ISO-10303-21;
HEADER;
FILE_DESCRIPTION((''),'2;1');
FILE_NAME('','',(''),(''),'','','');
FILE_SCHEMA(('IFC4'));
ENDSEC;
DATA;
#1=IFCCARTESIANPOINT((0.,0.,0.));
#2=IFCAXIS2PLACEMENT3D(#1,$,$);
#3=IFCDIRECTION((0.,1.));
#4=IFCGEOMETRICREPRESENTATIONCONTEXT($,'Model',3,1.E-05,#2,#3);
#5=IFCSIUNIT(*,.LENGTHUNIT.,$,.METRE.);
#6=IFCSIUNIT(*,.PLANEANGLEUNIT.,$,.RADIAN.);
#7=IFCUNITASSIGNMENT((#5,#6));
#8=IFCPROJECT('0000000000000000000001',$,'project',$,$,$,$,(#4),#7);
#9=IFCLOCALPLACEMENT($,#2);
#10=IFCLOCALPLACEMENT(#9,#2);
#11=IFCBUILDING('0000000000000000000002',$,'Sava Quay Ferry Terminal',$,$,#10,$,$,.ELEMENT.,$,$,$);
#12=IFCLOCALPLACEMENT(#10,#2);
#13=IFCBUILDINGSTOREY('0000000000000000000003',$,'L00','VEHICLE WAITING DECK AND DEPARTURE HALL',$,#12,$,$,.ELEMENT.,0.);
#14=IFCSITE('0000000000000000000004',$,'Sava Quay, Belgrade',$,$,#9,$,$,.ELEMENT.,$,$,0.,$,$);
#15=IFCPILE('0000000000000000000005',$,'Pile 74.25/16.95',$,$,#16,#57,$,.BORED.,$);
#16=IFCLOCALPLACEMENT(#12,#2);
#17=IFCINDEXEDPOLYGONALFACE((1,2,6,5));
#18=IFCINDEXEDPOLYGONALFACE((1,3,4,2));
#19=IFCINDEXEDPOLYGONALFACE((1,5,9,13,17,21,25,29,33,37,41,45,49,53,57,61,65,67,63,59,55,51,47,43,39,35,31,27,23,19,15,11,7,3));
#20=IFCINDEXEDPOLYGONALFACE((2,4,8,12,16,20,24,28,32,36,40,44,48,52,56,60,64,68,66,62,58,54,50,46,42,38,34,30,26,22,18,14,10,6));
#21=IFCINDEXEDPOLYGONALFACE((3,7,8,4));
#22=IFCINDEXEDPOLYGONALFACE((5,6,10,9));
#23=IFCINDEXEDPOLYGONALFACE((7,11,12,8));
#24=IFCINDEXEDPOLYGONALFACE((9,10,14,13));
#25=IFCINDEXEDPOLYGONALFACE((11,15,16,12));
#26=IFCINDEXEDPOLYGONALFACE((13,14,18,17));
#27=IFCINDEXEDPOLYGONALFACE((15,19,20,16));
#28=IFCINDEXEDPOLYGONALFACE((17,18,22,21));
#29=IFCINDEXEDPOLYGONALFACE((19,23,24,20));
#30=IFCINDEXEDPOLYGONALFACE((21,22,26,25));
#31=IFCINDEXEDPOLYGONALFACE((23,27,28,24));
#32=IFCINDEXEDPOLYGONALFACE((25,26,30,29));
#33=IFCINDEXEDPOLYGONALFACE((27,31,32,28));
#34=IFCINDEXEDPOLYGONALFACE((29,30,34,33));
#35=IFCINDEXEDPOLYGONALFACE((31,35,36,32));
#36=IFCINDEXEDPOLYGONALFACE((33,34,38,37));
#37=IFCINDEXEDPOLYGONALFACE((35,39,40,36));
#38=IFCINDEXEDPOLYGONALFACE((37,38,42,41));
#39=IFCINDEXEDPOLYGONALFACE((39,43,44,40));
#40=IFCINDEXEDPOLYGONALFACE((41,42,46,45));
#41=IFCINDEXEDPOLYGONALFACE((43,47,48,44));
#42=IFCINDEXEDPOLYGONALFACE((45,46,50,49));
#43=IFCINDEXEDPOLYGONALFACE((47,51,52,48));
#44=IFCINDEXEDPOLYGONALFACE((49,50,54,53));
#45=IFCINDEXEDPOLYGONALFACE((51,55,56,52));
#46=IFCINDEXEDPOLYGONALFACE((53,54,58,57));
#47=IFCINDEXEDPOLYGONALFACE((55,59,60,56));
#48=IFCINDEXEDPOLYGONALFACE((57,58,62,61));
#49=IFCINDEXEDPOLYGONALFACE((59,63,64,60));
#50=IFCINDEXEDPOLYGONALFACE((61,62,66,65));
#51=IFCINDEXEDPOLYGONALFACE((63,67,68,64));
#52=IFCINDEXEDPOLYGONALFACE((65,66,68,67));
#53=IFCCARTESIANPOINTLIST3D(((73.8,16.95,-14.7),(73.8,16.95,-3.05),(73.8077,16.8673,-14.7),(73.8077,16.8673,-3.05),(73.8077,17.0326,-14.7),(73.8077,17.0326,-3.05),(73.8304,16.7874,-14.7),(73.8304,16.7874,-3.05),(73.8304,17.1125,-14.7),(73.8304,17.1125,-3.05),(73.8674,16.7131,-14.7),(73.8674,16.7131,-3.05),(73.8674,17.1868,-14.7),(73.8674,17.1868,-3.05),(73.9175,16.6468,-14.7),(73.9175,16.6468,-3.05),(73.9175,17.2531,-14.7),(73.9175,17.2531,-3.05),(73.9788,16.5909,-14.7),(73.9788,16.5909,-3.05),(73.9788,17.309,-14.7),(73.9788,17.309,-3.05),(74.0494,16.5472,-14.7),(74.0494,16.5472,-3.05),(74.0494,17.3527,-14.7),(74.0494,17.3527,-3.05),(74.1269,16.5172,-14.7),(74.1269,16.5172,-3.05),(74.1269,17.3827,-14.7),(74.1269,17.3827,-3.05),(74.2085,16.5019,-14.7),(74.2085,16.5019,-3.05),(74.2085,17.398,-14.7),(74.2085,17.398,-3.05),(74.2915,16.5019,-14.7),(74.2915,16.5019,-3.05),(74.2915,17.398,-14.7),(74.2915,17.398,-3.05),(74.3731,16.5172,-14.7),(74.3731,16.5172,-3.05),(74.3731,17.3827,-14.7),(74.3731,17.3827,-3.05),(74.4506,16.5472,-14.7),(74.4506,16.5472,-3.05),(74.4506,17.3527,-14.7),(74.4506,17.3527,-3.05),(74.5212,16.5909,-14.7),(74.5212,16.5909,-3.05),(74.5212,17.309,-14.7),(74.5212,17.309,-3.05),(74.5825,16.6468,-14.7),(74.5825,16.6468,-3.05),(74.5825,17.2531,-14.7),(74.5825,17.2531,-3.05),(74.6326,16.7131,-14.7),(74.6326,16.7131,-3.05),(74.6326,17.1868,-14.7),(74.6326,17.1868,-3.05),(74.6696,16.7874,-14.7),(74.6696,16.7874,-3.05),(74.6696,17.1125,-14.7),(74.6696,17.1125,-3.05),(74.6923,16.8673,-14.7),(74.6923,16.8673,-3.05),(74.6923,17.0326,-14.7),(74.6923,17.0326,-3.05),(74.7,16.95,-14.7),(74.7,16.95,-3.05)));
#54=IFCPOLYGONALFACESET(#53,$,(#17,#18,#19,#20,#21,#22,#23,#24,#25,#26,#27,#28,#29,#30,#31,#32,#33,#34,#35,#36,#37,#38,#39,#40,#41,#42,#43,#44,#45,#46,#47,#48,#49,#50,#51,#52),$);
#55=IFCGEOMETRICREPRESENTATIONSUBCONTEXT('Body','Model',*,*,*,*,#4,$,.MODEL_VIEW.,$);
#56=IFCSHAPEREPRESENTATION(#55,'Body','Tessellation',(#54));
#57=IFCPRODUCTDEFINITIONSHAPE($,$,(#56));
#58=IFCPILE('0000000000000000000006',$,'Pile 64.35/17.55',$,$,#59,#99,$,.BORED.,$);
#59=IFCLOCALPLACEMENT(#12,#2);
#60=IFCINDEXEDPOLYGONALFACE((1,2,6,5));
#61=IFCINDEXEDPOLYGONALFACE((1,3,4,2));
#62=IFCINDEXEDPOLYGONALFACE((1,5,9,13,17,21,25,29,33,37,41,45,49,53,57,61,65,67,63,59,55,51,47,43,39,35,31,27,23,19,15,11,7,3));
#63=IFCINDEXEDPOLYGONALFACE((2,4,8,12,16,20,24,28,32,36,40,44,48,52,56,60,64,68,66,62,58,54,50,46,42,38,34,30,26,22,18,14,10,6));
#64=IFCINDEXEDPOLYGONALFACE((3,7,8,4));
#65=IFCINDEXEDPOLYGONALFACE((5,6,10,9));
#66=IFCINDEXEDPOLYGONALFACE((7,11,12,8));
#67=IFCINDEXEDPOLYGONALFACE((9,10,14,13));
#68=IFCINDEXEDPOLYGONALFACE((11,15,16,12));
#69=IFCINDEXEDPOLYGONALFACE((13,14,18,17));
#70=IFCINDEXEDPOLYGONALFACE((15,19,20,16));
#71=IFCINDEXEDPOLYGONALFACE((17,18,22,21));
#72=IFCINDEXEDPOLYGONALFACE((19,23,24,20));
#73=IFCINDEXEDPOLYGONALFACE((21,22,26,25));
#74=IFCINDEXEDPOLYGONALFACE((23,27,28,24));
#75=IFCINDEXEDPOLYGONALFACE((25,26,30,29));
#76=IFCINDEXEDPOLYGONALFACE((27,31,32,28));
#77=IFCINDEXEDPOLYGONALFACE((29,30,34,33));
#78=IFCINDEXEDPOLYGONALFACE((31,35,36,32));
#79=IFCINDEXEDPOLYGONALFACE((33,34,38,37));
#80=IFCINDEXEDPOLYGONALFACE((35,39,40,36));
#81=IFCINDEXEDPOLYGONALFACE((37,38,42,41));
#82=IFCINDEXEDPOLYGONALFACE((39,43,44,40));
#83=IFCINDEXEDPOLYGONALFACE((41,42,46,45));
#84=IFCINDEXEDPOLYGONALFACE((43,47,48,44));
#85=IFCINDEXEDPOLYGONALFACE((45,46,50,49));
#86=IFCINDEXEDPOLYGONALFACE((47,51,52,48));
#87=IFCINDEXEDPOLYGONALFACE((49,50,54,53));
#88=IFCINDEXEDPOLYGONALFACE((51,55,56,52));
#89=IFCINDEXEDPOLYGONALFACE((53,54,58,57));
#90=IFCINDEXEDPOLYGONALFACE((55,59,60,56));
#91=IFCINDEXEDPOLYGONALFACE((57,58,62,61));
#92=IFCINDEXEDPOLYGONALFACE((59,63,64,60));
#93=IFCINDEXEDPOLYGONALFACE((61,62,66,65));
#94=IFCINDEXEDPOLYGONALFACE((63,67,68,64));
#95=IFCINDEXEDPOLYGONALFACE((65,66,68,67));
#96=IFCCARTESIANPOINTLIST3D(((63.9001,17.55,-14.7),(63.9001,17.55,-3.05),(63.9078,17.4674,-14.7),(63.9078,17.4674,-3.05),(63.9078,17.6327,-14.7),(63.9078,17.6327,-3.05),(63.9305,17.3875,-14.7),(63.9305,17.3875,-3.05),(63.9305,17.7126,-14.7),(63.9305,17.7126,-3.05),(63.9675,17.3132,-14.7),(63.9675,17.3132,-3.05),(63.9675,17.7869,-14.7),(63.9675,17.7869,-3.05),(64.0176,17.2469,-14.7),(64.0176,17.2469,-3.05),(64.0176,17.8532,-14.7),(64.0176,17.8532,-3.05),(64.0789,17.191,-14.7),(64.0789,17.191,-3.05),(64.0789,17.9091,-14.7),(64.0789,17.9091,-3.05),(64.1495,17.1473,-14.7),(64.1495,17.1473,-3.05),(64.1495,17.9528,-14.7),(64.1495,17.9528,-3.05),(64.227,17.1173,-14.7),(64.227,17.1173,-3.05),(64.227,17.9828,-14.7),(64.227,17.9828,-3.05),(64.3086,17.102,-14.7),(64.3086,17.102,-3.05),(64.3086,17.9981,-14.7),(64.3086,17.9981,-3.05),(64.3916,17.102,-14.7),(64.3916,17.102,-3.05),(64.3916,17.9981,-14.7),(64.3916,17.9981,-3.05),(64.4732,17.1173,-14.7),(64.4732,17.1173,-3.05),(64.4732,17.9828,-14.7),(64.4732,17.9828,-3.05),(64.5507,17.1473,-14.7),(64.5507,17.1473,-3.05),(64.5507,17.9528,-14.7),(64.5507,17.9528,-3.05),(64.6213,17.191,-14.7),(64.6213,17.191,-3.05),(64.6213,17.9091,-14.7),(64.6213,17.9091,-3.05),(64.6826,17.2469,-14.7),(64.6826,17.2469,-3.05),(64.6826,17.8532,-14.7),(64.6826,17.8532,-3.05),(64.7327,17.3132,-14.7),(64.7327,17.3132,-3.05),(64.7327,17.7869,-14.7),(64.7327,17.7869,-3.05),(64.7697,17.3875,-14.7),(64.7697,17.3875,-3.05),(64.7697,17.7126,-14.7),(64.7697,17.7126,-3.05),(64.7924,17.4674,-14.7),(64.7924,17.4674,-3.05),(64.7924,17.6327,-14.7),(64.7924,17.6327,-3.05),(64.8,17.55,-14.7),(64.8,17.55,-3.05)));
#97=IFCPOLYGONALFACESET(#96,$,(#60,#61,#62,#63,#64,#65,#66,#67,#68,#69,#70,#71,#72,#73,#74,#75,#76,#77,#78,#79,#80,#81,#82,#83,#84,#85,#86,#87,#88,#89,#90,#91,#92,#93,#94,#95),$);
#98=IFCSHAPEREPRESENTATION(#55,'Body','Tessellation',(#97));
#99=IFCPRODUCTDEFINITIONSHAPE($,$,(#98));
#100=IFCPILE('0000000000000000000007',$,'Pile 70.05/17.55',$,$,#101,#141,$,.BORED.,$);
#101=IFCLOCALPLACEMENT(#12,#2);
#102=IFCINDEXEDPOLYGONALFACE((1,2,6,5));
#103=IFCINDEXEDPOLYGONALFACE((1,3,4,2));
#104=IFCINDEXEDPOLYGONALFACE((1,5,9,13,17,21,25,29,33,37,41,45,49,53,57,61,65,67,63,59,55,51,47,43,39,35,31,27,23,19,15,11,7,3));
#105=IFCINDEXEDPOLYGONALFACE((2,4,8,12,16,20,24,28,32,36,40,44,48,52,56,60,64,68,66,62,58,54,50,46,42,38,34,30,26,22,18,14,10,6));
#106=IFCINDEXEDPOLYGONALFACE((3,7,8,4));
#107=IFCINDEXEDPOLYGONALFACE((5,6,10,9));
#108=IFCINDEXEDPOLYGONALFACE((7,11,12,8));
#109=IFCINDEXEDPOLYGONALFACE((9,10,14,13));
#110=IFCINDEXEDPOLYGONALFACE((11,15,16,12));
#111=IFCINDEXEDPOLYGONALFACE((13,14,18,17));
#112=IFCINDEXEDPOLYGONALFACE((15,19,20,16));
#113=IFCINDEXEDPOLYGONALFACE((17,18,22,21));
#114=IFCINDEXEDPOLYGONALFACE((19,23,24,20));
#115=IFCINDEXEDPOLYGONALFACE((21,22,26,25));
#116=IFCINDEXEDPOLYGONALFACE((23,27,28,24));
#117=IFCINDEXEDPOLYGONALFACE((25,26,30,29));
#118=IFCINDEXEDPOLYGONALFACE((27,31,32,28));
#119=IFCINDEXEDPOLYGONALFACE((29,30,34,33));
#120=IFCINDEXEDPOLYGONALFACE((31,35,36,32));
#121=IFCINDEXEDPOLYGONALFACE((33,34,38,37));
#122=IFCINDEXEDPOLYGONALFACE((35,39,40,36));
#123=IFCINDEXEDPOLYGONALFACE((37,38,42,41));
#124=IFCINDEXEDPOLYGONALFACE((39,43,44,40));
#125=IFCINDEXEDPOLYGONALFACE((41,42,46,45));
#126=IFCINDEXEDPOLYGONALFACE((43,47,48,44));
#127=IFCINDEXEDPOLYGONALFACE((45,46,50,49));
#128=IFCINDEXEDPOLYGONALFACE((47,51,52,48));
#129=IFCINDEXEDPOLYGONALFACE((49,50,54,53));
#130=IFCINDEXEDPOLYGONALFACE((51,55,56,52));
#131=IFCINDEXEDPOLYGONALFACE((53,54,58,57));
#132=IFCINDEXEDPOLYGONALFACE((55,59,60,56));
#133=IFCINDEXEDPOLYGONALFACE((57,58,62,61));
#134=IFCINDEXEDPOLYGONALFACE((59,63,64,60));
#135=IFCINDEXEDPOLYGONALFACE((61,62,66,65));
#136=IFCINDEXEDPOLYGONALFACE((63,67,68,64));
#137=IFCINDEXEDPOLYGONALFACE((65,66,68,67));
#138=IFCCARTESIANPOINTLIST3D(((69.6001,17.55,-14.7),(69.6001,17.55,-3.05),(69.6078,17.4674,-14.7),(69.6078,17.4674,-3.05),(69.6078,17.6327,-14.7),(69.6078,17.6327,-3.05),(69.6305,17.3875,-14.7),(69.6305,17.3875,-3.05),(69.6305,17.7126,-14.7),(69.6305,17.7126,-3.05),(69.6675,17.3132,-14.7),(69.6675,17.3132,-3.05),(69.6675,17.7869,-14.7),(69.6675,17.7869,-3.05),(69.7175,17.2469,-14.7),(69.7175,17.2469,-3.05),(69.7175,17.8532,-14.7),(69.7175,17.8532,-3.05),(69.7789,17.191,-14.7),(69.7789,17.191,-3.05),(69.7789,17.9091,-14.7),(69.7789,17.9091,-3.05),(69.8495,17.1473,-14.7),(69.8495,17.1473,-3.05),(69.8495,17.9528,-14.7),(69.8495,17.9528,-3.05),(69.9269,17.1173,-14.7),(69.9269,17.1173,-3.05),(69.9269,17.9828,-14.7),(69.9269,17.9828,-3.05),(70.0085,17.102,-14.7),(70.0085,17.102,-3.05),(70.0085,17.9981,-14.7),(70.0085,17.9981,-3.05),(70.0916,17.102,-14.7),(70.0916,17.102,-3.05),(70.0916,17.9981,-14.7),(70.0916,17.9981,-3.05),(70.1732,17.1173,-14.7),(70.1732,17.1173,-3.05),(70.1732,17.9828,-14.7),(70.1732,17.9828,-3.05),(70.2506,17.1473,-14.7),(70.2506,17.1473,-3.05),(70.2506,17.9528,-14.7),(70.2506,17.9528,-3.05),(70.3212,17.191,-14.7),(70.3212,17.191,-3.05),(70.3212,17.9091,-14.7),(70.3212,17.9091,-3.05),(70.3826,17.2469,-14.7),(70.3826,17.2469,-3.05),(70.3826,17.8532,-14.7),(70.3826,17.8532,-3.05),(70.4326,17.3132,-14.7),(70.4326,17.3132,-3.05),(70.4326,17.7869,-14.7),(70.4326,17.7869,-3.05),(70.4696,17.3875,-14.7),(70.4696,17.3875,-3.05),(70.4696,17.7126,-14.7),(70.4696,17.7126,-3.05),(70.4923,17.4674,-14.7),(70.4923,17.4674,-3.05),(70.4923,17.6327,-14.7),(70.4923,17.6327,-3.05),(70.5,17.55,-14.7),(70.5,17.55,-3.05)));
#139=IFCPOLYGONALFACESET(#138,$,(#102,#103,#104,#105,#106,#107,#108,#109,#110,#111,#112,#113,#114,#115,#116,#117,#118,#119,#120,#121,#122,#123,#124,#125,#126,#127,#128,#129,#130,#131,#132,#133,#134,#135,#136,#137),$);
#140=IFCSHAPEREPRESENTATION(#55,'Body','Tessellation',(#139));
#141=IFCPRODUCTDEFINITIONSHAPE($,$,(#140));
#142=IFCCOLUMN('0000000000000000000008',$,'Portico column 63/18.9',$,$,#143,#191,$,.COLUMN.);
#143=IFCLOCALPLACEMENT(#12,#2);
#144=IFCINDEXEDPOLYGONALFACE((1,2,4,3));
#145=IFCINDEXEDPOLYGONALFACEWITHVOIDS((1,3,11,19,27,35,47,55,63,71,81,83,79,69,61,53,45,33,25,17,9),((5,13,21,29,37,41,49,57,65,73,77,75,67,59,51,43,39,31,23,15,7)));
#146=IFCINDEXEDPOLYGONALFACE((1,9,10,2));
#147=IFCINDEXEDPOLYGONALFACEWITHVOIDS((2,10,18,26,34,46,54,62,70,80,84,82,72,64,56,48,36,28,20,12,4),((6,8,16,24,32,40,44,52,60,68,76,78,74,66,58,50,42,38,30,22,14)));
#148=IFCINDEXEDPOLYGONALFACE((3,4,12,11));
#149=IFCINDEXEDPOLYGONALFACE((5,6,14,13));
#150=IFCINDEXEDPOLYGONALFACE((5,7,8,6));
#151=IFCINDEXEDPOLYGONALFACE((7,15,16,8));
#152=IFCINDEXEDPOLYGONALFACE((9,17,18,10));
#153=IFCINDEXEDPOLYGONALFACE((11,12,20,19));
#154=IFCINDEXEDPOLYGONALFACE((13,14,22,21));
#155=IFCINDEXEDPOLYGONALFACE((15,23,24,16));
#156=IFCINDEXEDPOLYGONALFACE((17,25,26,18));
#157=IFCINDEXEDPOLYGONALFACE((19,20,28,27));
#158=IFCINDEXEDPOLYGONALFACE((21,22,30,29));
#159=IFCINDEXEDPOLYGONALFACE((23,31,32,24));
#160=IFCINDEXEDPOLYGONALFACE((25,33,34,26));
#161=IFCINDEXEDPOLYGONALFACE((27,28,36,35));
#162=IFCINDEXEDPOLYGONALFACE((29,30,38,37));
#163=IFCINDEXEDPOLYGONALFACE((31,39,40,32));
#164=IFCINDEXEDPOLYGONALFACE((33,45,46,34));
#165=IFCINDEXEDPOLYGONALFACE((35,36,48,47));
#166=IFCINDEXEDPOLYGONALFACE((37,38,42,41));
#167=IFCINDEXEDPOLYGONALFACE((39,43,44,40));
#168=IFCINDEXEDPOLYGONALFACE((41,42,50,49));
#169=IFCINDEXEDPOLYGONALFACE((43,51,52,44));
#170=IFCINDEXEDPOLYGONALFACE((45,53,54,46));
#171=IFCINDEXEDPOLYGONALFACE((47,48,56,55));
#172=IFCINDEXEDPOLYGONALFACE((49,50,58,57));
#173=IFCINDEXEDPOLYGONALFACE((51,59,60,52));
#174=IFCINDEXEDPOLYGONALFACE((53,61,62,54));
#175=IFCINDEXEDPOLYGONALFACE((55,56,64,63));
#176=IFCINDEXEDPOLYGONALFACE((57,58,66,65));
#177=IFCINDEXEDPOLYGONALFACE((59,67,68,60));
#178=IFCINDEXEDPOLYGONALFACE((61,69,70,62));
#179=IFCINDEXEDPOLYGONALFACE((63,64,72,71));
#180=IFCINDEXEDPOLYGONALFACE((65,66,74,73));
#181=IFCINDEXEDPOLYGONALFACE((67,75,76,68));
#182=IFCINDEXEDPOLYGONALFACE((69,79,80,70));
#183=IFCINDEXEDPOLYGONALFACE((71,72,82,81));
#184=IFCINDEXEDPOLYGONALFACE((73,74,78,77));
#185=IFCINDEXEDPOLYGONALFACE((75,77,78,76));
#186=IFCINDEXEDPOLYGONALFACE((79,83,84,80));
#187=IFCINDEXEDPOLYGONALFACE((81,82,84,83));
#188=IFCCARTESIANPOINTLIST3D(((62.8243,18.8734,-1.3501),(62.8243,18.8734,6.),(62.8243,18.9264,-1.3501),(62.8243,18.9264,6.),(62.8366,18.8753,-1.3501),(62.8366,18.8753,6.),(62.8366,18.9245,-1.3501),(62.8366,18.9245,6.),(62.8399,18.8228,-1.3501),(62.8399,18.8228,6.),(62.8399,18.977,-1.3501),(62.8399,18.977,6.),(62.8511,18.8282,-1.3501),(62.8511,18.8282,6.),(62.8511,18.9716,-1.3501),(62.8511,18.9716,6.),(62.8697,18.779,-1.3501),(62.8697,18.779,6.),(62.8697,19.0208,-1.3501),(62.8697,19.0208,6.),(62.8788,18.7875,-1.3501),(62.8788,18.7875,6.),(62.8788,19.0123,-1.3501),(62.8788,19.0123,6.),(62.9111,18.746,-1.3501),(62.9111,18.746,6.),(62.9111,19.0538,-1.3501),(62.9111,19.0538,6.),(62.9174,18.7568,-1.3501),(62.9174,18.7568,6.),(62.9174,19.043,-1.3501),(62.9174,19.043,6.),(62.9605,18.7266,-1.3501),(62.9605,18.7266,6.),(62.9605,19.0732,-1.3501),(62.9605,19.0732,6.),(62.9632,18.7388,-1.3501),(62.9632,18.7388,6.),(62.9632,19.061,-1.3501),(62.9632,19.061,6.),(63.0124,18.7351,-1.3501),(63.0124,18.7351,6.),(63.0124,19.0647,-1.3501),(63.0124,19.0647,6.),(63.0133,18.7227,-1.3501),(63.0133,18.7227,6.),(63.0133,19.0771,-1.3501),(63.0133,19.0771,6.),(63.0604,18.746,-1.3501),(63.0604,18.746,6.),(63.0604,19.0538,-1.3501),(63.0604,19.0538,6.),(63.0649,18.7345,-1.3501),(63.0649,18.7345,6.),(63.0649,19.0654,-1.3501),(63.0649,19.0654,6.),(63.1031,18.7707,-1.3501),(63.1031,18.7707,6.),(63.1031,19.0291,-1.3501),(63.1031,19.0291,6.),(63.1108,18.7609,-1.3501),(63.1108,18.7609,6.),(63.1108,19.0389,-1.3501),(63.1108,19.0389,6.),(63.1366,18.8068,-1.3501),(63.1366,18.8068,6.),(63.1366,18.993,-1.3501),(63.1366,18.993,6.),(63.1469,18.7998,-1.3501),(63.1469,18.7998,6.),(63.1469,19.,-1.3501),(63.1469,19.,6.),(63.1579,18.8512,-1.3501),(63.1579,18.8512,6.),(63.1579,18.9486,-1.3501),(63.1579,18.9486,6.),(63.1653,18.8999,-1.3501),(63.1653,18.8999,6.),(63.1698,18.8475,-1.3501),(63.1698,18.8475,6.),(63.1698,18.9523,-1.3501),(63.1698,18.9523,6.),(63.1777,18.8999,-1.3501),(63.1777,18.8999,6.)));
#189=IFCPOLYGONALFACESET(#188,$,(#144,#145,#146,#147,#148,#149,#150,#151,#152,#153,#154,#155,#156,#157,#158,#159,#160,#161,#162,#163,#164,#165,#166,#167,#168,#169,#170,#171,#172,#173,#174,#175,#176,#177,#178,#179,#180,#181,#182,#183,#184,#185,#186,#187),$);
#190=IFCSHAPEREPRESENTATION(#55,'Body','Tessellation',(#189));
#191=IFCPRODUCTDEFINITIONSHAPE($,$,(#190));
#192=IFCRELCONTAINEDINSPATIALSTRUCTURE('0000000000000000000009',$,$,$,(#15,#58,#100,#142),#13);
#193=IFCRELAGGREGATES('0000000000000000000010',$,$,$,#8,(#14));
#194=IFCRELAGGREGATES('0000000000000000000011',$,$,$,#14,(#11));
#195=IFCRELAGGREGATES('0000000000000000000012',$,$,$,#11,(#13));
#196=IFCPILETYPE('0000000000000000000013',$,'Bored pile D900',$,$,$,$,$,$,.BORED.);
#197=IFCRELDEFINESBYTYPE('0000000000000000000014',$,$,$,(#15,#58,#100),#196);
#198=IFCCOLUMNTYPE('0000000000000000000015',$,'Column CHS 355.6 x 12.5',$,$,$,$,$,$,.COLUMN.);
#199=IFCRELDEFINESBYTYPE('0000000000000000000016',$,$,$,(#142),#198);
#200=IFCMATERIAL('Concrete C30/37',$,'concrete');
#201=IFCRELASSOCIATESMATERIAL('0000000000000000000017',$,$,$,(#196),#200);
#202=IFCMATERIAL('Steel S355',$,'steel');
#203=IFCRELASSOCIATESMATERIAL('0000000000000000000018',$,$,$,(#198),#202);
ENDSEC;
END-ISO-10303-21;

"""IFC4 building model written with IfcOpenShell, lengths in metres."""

from ifc_helpers import new_model, si_unit, direction, frame, origin, origin_2d, place, context, subcontext, project, spatial, circle, hollow_circle, extrude, material, material_profile, profile_set, type_object, element, save


model = new_model("IFC4")

# Units and contexts
model_context = context("Model", 3, precision=1e-05, world=origin(), true_north=direction((0.0, 1.0)))
body_context = subcontext(model_context, "Body", "Model", "MODEL_VIEW")
ifc_project = project(units=[si_unit("LENGTHUNIT", "METRE"), si_unit("PLANEANGLEUNIT", "RADIAN")], contexts=[model_context])

# Site, building, storey
site_placement = place(None, origin())
site = spatial("IfcSite", under=ifc_project, at=site_placement, Name="Sava Quay, Belgrade", CompositionType="ELEMENT", RefElevation=0.0)
building_placement = place(site_placement, origin())
building = spatial("IfcBuilding", under=site, at=building_placement, Name="Sava Quay Ferry Terminal", CompositionType="ELEMENT")
storey_placement = place(building_placement, origin())
storey = spatial("IfcBuildingStorey", under=building, at=storey_placement, Name="L00", Description="VEHICLE WAITING DECK AND DEPARTURE HALL", CompositionType="ELEMENT", Elevation=0.0)

# Piles
ifc_material_1 = material(Name="Concrete C30/37", Category="concrete")
ifc_material_profile_1 = material_profile(ifc_material_1, circle(Radius=0.45, at=origin_2d()), Name="Bored pile D900")
ifc_profile_set_1 = profile_set([ifc_material_profile_1], Name="Concrete C30/37")
pile_type = type_object("IfcPileType", Name="Bored pile D900", PredefinedType="BORED", material=ifc_profile_set_1)
for number, where, z_axis, x_axis, name in (
    (1, (74.25, 16.95, -3.05), (0.0, 0.0, -1.0), (1.0, 0.0, 0.0), "Pile 74.25/16.95"),
    (2, (64.3501, 17.55, -3.05), (0.0, 0.0, -1.0), (1.0, 0.0, 0.0), "Pile 64.35/17.55"),
    (3, (70.05, 17.55, -3.05), (0.0, 0.0, -1.0), (1.0, 0.0, 0.0), "Pile 70.05/17.55"),
):
    element("IfcPile", number, at=place(storey_placement, frame(where, z_axis=z_axis, x_axis=x_axis)), inside=storey, type_object=pile_type, Name=name, PredefinedType="BORED", context=body_context, shape_type="SweptSolid", body=[
        extrude(circle(Radius=0.45, at=origin_2d()), origin(), (0.0, 0.0, 1.0), 11.6499),
    ])

# Column
ifc_material_2 = material(Name="Steel S355", Category="steel")
ifc_material_profile_2 = material_profile(ifc_material_2, hollow_circle(Radius=0.1777, WallThickness=0.0125, at=origin_2d()), Name="CHS 355.6 x 12.5")
ifc_profile_set_2 = profile_set([ifc_material_profile_2], Name="Steel S355")
column_type = type_object("IfcColumnType", Name="Column CHS 355.6 x 12.5", PredefinedType="COLUMN", material=ifc_profile_set_2)
for number, where, z_axis, x_axis, name in (
    (4, (63.0, 18.8999, -1.3501), (0.0, 0.0, 1.0), (1.0, 0.0, 0.0), "Portico column 63/18.9"),
):
    element("IfcColumn", number, at=place(storey_placement, frame(where, z_axis=z_axis, x_axis=x_axis)), inside=storey, type_object=column_type, Name=name, PredefinedType="COLUMN", context=body_context, shape_type="SweptSolid", body=[
        extrude(hollow_circle(Radius=0.1777, WallThickness=0.0125, at=origin_2d()), origin(), (0.0, 0.0, 1.0), 7.3501),
    ])

save(model, "model.ifc")
